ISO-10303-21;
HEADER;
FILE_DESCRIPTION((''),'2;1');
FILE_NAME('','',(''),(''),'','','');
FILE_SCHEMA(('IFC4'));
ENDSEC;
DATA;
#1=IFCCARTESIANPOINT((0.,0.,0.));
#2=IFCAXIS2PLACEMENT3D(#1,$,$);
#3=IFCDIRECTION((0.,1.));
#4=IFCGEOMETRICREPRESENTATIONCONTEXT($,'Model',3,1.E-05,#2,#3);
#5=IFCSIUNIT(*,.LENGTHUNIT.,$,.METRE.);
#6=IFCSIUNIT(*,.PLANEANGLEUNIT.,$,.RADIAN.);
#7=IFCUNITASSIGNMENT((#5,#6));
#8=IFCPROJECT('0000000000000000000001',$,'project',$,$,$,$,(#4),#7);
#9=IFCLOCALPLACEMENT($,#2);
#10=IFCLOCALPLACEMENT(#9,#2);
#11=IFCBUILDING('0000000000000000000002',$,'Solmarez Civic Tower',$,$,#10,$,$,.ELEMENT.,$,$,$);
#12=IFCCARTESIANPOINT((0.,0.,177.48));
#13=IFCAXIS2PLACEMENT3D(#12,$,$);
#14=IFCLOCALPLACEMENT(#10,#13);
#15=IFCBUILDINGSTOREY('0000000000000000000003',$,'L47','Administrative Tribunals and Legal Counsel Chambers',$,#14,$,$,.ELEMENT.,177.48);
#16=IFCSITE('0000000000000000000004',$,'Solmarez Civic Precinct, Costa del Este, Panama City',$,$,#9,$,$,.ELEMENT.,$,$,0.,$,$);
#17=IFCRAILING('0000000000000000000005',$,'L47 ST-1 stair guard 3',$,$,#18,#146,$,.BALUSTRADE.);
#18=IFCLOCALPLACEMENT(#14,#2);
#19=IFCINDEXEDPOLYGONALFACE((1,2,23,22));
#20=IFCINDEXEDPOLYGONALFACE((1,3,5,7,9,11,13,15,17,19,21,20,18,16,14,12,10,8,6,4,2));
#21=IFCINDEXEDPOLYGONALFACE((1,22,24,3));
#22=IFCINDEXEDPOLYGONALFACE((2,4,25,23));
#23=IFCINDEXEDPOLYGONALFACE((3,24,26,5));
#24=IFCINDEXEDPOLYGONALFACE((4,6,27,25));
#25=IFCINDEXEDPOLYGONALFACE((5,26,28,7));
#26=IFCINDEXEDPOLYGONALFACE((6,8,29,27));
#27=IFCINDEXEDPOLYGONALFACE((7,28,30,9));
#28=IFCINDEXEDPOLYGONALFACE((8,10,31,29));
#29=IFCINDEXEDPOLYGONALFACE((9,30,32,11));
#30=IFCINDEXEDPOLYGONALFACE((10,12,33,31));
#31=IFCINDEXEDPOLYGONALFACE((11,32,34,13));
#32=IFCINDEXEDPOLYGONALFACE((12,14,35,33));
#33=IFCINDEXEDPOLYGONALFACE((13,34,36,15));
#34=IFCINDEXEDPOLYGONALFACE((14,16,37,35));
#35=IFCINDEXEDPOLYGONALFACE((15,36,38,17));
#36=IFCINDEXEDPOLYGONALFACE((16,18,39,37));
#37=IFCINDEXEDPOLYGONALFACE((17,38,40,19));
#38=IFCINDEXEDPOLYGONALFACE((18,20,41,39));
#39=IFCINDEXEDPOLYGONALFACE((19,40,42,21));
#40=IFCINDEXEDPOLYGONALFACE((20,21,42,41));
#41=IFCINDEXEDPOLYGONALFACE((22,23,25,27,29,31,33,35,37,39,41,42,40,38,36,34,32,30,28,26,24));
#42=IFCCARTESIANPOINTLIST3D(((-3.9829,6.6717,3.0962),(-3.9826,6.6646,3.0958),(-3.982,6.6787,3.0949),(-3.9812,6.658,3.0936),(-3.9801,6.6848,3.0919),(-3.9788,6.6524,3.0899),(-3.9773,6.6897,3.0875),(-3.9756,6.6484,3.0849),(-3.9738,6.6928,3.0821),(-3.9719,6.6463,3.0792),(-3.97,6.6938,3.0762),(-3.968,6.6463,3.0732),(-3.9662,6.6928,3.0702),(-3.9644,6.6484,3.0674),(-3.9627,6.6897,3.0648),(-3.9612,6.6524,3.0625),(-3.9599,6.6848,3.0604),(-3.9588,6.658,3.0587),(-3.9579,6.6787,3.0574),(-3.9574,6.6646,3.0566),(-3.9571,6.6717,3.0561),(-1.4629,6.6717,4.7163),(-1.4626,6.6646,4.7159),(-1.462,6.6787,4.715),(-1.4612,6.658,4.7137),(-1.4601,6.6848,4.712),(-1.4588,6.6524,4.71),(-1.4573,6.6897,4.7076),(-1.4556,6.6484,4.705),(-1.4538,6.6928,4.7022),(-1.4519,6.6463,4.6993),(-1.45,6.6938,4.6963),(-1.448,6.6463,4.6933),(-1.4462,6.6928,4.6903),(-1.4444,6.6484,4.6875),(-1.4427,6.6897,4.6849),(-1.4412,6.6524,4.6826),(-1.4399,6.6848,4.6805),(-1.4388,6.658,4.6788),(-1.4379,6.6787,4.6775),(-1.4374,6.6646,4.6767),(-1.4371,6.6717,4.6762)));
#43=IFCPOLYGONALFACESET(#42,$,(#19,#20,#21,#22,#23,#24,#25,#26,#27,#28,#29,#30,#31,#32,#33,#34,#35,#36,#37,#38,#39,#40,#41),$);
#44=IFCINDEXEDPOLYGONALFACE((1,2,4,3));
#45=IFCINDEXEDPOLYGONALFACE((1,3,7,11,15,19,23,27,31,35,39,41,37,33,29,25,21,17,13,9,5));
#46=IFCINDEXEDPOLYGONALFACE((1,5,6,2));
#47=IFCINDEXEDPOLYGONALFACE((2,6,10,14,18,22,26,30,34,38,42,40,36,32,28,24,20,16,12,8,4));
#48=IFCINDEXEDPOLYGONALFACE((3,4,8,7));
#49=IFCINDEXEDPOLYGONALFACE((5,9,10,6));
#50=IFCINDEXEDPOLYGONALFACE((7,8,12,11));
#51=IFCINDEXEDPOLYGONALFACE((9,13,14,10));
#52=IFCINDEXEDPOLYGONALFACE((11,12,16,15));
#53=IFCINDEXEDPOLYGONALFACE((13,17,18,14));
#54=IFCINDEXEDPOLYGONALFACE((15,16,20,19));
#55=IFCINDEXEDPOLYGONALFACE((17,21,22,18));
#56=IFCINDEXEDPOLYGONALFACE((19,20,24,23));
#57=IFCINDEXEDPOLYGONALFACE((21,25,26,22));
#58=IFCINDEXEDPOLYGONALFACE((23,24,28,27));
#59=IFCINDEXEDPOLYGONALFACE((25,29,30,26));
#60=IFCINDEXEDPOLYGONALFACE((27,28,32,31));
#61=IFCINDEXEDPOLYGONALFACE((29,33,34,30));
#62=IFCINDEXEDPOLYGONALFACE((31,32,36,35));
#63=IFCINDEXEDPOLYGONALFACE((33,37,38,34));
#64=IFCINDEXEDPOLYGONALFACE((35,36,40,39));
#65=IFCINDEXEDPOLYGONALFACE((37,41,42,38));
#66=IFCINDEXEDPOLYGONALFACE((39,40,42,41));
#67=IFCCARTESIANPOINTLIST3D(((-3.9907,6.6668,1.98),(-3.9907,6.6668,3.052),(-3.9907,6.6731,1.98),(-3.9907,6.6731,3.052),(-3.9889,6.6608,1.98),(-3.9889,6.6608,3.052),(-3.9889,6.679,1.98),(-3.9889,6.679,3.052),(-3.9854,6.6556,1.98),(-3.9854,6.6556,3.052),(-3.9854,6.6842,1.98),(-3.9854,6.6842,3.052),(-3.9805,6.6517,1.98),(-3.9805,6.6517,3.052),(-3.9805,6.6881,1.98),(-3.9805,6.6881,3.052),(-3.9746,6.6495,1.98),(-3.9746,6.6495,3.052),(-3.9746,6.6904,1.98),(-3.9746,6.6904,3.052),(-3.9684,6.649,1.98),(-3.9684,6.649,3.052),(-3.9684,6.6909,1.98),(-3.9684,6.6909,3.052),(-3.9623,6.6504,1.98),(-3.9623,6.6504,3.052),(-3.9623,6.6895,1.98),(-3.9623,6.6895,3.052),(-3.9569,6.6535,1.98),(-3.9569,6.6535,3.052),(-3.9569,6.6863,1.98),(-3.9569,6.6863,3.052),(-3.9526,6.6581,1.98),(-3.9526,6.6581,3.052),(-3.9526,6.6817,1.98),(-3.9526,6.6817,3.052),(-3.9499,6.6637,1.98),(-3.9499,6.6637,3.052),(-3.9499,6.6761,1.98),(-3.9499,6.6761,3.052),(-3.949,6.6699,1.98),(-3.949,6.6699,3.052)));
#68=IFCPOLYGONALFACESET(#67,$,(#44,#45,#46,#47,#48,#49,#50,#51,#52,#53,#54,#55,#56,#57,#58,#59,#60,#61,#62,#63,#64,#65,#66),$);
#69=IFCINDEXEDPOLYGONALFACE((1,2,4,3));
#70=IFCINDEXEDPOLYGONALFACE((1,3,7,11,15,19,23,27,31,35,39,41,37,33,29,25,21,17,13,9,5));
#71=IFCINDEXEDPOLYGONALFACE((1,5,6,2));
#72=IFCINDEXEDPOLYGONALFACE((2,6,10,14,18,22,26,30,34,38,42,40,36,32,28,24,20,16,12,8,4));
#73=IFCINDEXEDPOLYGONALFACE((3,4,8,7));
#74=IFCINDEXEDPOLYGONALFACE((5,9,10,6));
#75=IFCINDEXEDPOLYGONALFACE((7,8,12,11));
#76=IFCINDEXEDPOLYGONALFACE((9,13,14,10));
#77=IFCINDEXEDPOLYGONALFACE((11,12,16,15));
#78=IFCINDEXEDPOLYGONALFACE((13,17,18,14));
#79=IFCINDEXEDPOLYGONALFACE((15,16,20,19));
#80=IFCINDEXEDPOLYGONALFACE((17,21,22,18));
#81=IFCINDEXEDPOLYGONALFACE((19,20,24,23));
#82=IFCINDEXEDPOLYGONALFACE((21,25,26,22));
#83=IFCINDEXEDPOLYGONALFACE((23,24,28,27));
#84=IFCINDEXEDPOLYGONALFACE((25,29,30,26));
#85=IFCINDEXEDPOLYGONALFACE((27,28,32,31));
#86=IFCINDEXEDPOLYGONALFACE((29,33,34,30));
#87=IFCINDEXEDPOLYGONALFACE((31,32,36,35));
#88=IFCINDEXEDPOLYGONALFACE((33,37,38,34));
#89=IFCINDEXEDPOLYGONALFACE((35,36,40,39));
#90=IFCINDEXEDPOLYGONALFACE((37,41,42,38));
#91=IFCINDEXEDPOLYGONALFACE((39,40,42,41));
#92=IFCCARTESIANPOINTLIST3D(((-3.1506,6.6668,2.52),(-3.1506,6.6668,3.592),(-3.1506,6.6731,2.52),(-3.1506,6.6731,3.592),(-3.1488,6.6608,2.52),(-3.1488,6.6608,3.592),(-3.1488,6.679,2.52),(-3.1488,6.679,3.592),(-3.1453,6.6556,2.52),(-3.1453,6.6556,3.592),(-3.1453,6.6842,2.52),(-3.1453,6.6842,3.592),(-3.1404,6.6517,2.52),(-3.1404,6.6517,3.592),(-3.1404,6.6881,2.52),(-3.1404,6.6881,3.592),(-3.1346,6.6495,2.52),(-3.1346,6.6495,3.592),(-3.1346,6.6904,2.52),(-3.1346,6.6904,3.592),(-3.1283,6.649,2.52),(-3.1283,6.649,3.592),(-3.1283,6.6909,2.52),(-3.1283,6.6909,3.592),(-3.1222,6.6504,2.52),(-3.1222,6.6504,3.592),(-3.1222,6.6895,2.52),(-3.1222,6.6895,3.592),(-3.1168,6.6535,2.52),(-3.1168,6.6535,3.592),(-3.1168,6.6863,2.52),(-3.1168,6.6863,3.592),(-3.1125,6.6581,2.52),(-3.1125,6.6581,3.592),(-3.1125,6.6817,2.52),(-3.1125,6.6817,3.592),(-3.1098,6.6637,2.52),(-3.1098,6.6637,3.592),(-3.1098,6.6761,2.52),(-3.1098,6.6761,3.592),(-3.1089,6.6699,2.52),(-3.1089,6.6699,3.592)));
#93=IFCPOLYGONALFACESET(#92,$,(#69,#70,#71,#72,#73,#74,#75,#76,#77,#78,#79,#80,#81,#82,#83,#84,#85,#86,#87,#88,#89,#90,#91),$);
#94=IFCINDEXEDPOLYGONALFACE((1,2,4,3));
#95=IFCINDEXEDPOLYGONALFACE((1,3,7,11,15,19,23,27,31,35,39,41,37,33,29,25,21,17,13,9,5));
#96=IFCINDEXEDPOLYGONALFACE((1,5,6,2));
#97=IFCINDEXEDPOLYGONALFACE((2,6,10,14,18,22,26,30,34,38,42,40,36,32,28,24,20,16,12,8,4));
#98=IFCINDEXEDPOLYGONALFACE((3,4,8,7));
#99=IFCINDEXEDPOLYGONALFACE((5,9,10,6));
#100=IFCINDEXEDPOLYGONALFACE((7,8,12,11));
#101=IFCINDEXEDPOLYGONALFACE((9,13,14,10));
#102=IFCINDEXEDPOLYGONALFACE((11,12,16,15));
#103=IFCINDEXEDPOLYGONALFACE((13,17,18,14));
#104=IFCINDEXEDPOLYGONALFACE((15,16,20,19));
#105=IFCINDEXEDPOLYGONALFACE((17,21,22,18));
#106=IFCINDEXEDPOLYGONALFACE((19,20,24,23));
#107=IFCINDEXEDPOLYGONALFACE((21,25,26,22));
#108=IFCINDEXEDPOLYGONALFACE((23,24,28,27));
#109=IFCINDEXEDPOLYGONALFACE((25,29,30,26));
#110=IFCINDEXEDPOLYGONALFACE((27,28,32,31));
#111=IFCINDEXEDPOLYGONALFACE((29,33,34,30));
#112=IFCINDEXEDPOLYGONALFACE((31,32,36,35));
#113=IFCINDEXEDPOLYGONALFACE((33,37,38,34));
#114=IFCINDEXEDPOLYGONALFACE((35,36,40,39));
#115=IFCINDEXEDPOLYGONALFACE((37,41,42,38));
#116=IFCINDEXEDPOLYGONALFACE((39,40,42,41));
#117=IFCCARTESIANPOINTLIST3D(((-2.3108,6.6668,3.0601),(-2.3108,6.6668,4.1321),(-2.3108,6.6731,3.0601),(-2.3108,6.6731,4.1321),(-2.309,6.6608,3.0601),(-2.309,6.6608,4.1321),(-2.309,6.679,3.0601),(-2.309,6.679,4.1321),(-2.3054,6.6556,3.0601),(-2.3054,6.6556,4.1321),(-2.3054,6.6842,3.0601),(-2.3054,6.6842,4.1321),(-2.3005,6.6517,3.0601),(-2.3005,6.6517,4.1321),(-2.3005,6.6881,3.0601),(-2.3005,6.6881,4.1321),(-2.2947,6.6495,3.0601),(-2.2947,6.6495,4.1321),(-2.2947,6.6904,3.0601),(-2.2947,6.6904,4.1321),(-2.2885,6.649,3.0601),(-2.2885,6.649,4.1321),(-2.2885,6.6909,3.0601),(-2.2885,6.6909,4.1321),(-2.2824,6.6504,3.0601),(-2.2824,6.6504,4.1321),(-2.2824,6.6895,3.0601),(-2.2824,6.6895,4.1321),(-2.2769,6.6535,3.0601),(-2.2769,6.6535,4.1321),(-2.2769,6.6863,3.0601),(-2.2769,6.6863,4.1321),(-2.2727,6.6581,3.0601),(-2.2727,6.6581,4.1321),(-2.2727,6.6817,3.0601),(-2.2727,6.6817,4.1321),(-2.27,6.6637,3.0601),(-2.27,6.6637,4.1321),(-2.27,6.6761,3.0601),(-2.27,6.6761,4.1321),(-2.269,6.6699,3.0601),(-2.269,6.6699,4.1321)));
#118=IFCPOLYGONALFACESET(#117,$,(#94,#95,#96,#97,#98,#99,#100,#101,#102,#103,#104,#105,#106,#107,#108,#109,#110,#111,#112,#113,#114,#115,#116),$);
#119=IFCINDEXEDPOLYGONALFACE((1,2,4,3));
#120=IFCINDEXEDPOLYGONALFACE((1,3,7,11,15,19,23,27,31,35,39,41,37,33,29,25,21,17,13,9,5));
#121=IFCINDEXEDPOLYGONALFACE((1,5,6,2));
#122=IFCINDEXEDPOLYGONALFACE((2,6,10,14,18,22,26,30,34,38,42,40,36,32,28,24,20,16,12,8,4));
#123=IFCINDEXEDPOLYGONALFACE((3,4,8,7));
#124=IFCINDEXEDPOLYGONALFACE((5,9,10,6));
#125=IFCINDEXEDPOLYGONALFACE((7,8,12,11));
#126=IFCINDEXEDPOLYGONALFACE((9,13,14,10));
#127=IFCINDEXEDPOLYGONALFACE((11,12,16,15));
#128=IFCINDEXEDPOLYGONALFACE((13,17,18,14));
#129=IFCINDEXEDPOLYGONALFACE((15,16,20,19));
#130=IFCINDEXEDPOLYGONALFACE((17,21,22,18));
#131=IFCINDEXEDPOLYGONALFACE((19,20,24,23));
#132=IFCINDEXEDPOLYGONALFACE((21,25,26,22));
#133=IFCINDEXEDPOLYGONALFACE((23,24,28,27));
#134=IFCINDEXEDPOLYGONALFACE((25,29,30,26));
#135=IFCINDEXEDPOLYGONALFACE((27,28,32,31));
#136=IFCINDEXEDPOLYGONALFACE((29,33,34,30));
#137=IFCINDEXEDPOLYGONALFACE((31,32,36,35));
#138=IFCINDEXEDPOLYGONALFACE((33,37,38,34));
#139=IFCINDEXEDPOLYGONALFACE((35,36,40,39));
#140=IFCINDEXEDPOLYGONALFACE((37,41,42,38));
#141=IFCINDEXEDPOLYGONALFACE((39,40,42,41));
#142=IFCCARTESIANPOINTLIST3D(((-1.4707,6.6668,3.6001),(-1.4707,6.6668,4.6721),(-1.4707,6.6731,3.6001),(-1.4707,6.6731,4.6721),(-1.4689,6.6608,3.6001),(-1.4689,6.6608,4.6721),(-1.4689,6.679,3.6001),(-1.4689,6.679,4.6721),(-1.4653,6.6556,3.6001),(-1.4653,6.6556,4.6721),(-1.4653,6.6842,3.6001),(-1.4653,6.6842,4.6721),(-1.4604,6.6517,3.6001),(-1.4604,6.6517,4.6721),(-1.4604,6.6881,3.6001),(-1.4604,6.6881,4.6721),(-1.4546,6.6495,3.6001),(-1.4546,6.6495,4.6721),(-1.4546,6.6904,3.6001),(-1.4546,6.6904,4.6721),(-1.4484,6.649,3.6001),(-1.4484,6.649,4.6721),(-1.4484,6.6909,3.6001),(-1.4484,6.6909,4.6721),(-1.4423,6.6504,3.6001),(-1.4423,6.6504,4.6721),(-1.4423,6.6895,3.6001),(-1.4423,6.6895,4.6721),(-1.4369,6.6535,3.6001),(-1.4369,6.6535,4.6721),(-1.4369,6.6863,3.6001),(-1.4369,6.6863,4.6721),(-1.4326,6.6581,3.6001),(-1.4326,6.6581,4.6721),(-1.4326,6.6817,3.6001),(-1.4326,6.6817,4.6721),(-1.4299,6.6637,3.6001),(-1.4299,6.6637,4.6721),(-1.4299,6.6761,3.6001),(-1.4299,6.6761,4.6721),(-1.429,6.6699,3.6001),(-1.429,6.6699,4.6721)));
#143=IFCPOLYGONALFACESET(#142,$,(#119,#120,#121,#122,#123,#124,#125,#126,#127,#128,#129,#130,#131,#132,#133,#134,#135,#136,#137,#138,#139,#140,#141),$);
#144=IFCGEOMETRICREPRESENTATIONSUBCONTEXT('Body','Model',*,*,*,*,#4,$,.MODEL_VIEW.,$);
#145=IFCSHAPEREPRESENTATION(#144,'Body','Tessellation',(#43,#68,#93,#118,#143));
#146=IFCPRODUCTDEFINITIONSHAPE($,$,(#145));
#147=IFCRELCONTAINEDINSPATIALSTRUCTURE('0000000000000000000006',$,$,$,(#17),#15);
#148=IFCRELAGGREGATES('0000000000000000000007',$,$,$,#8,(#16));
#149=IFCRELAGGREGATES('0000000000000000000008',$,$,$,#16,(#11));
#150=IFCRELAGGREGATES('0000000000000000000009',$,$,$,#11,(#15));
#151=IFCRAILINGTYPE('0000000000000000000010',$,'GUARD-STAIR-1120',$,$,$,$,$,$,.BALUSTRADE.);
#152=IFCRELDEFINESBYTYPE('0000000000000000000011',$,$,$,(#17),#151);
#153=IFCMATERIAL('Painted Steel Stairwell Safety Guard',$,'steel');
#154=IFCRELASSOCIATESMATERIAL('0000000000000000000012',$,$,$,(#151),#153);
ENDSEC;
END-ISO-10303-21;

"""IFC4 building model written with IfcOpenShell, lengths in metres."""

from ifc_helpers import new_model, si_unit, direction, frame, origin, origin_2d, place, context, subcontext, project, spatial, circle, extrude, material, type_object, element, save


model = new_model("IFC4")

# Units and contexts
model_context = context("Model", 3, precision=1e-05, world=origin(), true_north=direction((0.0, 1.0)))
body_context = subcontext(model_context, "Body", "Model", "MODEL_VIEW")
ifc_project = project(units=[si_unit("LENGTHUNIT", "METRE"), si_unit("PLANEANGLEUNIT", "RADIAN")], contexts=[model_context])

# Site, building, storey
site_placement = place(None, origin())
site = spatial("IfcSite", under=ifc_project, at=site_placement, Name="Solmarez Civic Precinct, Costa del Este, Panama City", CompositionType="ELEMENT", RefElevation=0.0)
building_placement = place(site_placement, origin())
building = spatial("IfcBuilding", under=site, at=building_placement, Name="Solmarez Civic Tower", CompositionType="ELEMENT")
storey_placement = place(building_placement, frame((0.0, 0.0, 177.48)))
storey = spatial("IfcBuildingStorey", under=building, at=storey_placement, Name="L47", Description="Administrative Tribunals and Legal Counsel Chambers", CompositionType="ELEMENT", Elevation=177.48)

# Railing
ifc_material_1 = material(Name="Painted Steel Stairwell Safety Guard", Category="steel")
railing_type_1 = type_object("IfcRailingType", Name="GUARD-STAIR-1120", PredefinedType="BALUSTRADE", material=ifc_material_1)
railing_1_placement = place(storey_placement, frame((-3.97, 6.6699, 1.98)))
element("IfcRailing", 1, at=railing_1_placement, inside=storey, type_object=railing_type_1, Name="L47 ST-1 stair guard 3", PredefinedType="BALUSTRADE", context=body_context, shape_type="SweptSolid", body=[
    extrude(circle(Radius=0.0239, at=origin_2d()), frame((0.0, 0.0, 1.0962), z_axis=(0.841163, 0.0, 0.540782), x_axis=(0.0, 1.0, 0.0)), (0.0, 0.0, 1.0), 2.9958),
    extrude(circle(Radius=0.021, at=origin_2d()), origin(), (0.0, 0.0, 1.0), 1.072),
    extrude(circle(Radius=0.021, at=origin_2d()), frame((0.8401, 0.0, 0.54)), (0.0, 0.0, 1.0), 1.072),
    extrude(circle(Radius=0.021, at=origin_2d()), frame((1.6799, 0.0, 1.0801)), (0.0, 0.0, 1.0), 1.072),
    extrude(circle(Radius=0.021, at=origin_2d()), frame((2.52, 0.0, 1.6201)), (0.0, 0.0, 1.0), 1.072),
])

save(model, "model.ifc")
